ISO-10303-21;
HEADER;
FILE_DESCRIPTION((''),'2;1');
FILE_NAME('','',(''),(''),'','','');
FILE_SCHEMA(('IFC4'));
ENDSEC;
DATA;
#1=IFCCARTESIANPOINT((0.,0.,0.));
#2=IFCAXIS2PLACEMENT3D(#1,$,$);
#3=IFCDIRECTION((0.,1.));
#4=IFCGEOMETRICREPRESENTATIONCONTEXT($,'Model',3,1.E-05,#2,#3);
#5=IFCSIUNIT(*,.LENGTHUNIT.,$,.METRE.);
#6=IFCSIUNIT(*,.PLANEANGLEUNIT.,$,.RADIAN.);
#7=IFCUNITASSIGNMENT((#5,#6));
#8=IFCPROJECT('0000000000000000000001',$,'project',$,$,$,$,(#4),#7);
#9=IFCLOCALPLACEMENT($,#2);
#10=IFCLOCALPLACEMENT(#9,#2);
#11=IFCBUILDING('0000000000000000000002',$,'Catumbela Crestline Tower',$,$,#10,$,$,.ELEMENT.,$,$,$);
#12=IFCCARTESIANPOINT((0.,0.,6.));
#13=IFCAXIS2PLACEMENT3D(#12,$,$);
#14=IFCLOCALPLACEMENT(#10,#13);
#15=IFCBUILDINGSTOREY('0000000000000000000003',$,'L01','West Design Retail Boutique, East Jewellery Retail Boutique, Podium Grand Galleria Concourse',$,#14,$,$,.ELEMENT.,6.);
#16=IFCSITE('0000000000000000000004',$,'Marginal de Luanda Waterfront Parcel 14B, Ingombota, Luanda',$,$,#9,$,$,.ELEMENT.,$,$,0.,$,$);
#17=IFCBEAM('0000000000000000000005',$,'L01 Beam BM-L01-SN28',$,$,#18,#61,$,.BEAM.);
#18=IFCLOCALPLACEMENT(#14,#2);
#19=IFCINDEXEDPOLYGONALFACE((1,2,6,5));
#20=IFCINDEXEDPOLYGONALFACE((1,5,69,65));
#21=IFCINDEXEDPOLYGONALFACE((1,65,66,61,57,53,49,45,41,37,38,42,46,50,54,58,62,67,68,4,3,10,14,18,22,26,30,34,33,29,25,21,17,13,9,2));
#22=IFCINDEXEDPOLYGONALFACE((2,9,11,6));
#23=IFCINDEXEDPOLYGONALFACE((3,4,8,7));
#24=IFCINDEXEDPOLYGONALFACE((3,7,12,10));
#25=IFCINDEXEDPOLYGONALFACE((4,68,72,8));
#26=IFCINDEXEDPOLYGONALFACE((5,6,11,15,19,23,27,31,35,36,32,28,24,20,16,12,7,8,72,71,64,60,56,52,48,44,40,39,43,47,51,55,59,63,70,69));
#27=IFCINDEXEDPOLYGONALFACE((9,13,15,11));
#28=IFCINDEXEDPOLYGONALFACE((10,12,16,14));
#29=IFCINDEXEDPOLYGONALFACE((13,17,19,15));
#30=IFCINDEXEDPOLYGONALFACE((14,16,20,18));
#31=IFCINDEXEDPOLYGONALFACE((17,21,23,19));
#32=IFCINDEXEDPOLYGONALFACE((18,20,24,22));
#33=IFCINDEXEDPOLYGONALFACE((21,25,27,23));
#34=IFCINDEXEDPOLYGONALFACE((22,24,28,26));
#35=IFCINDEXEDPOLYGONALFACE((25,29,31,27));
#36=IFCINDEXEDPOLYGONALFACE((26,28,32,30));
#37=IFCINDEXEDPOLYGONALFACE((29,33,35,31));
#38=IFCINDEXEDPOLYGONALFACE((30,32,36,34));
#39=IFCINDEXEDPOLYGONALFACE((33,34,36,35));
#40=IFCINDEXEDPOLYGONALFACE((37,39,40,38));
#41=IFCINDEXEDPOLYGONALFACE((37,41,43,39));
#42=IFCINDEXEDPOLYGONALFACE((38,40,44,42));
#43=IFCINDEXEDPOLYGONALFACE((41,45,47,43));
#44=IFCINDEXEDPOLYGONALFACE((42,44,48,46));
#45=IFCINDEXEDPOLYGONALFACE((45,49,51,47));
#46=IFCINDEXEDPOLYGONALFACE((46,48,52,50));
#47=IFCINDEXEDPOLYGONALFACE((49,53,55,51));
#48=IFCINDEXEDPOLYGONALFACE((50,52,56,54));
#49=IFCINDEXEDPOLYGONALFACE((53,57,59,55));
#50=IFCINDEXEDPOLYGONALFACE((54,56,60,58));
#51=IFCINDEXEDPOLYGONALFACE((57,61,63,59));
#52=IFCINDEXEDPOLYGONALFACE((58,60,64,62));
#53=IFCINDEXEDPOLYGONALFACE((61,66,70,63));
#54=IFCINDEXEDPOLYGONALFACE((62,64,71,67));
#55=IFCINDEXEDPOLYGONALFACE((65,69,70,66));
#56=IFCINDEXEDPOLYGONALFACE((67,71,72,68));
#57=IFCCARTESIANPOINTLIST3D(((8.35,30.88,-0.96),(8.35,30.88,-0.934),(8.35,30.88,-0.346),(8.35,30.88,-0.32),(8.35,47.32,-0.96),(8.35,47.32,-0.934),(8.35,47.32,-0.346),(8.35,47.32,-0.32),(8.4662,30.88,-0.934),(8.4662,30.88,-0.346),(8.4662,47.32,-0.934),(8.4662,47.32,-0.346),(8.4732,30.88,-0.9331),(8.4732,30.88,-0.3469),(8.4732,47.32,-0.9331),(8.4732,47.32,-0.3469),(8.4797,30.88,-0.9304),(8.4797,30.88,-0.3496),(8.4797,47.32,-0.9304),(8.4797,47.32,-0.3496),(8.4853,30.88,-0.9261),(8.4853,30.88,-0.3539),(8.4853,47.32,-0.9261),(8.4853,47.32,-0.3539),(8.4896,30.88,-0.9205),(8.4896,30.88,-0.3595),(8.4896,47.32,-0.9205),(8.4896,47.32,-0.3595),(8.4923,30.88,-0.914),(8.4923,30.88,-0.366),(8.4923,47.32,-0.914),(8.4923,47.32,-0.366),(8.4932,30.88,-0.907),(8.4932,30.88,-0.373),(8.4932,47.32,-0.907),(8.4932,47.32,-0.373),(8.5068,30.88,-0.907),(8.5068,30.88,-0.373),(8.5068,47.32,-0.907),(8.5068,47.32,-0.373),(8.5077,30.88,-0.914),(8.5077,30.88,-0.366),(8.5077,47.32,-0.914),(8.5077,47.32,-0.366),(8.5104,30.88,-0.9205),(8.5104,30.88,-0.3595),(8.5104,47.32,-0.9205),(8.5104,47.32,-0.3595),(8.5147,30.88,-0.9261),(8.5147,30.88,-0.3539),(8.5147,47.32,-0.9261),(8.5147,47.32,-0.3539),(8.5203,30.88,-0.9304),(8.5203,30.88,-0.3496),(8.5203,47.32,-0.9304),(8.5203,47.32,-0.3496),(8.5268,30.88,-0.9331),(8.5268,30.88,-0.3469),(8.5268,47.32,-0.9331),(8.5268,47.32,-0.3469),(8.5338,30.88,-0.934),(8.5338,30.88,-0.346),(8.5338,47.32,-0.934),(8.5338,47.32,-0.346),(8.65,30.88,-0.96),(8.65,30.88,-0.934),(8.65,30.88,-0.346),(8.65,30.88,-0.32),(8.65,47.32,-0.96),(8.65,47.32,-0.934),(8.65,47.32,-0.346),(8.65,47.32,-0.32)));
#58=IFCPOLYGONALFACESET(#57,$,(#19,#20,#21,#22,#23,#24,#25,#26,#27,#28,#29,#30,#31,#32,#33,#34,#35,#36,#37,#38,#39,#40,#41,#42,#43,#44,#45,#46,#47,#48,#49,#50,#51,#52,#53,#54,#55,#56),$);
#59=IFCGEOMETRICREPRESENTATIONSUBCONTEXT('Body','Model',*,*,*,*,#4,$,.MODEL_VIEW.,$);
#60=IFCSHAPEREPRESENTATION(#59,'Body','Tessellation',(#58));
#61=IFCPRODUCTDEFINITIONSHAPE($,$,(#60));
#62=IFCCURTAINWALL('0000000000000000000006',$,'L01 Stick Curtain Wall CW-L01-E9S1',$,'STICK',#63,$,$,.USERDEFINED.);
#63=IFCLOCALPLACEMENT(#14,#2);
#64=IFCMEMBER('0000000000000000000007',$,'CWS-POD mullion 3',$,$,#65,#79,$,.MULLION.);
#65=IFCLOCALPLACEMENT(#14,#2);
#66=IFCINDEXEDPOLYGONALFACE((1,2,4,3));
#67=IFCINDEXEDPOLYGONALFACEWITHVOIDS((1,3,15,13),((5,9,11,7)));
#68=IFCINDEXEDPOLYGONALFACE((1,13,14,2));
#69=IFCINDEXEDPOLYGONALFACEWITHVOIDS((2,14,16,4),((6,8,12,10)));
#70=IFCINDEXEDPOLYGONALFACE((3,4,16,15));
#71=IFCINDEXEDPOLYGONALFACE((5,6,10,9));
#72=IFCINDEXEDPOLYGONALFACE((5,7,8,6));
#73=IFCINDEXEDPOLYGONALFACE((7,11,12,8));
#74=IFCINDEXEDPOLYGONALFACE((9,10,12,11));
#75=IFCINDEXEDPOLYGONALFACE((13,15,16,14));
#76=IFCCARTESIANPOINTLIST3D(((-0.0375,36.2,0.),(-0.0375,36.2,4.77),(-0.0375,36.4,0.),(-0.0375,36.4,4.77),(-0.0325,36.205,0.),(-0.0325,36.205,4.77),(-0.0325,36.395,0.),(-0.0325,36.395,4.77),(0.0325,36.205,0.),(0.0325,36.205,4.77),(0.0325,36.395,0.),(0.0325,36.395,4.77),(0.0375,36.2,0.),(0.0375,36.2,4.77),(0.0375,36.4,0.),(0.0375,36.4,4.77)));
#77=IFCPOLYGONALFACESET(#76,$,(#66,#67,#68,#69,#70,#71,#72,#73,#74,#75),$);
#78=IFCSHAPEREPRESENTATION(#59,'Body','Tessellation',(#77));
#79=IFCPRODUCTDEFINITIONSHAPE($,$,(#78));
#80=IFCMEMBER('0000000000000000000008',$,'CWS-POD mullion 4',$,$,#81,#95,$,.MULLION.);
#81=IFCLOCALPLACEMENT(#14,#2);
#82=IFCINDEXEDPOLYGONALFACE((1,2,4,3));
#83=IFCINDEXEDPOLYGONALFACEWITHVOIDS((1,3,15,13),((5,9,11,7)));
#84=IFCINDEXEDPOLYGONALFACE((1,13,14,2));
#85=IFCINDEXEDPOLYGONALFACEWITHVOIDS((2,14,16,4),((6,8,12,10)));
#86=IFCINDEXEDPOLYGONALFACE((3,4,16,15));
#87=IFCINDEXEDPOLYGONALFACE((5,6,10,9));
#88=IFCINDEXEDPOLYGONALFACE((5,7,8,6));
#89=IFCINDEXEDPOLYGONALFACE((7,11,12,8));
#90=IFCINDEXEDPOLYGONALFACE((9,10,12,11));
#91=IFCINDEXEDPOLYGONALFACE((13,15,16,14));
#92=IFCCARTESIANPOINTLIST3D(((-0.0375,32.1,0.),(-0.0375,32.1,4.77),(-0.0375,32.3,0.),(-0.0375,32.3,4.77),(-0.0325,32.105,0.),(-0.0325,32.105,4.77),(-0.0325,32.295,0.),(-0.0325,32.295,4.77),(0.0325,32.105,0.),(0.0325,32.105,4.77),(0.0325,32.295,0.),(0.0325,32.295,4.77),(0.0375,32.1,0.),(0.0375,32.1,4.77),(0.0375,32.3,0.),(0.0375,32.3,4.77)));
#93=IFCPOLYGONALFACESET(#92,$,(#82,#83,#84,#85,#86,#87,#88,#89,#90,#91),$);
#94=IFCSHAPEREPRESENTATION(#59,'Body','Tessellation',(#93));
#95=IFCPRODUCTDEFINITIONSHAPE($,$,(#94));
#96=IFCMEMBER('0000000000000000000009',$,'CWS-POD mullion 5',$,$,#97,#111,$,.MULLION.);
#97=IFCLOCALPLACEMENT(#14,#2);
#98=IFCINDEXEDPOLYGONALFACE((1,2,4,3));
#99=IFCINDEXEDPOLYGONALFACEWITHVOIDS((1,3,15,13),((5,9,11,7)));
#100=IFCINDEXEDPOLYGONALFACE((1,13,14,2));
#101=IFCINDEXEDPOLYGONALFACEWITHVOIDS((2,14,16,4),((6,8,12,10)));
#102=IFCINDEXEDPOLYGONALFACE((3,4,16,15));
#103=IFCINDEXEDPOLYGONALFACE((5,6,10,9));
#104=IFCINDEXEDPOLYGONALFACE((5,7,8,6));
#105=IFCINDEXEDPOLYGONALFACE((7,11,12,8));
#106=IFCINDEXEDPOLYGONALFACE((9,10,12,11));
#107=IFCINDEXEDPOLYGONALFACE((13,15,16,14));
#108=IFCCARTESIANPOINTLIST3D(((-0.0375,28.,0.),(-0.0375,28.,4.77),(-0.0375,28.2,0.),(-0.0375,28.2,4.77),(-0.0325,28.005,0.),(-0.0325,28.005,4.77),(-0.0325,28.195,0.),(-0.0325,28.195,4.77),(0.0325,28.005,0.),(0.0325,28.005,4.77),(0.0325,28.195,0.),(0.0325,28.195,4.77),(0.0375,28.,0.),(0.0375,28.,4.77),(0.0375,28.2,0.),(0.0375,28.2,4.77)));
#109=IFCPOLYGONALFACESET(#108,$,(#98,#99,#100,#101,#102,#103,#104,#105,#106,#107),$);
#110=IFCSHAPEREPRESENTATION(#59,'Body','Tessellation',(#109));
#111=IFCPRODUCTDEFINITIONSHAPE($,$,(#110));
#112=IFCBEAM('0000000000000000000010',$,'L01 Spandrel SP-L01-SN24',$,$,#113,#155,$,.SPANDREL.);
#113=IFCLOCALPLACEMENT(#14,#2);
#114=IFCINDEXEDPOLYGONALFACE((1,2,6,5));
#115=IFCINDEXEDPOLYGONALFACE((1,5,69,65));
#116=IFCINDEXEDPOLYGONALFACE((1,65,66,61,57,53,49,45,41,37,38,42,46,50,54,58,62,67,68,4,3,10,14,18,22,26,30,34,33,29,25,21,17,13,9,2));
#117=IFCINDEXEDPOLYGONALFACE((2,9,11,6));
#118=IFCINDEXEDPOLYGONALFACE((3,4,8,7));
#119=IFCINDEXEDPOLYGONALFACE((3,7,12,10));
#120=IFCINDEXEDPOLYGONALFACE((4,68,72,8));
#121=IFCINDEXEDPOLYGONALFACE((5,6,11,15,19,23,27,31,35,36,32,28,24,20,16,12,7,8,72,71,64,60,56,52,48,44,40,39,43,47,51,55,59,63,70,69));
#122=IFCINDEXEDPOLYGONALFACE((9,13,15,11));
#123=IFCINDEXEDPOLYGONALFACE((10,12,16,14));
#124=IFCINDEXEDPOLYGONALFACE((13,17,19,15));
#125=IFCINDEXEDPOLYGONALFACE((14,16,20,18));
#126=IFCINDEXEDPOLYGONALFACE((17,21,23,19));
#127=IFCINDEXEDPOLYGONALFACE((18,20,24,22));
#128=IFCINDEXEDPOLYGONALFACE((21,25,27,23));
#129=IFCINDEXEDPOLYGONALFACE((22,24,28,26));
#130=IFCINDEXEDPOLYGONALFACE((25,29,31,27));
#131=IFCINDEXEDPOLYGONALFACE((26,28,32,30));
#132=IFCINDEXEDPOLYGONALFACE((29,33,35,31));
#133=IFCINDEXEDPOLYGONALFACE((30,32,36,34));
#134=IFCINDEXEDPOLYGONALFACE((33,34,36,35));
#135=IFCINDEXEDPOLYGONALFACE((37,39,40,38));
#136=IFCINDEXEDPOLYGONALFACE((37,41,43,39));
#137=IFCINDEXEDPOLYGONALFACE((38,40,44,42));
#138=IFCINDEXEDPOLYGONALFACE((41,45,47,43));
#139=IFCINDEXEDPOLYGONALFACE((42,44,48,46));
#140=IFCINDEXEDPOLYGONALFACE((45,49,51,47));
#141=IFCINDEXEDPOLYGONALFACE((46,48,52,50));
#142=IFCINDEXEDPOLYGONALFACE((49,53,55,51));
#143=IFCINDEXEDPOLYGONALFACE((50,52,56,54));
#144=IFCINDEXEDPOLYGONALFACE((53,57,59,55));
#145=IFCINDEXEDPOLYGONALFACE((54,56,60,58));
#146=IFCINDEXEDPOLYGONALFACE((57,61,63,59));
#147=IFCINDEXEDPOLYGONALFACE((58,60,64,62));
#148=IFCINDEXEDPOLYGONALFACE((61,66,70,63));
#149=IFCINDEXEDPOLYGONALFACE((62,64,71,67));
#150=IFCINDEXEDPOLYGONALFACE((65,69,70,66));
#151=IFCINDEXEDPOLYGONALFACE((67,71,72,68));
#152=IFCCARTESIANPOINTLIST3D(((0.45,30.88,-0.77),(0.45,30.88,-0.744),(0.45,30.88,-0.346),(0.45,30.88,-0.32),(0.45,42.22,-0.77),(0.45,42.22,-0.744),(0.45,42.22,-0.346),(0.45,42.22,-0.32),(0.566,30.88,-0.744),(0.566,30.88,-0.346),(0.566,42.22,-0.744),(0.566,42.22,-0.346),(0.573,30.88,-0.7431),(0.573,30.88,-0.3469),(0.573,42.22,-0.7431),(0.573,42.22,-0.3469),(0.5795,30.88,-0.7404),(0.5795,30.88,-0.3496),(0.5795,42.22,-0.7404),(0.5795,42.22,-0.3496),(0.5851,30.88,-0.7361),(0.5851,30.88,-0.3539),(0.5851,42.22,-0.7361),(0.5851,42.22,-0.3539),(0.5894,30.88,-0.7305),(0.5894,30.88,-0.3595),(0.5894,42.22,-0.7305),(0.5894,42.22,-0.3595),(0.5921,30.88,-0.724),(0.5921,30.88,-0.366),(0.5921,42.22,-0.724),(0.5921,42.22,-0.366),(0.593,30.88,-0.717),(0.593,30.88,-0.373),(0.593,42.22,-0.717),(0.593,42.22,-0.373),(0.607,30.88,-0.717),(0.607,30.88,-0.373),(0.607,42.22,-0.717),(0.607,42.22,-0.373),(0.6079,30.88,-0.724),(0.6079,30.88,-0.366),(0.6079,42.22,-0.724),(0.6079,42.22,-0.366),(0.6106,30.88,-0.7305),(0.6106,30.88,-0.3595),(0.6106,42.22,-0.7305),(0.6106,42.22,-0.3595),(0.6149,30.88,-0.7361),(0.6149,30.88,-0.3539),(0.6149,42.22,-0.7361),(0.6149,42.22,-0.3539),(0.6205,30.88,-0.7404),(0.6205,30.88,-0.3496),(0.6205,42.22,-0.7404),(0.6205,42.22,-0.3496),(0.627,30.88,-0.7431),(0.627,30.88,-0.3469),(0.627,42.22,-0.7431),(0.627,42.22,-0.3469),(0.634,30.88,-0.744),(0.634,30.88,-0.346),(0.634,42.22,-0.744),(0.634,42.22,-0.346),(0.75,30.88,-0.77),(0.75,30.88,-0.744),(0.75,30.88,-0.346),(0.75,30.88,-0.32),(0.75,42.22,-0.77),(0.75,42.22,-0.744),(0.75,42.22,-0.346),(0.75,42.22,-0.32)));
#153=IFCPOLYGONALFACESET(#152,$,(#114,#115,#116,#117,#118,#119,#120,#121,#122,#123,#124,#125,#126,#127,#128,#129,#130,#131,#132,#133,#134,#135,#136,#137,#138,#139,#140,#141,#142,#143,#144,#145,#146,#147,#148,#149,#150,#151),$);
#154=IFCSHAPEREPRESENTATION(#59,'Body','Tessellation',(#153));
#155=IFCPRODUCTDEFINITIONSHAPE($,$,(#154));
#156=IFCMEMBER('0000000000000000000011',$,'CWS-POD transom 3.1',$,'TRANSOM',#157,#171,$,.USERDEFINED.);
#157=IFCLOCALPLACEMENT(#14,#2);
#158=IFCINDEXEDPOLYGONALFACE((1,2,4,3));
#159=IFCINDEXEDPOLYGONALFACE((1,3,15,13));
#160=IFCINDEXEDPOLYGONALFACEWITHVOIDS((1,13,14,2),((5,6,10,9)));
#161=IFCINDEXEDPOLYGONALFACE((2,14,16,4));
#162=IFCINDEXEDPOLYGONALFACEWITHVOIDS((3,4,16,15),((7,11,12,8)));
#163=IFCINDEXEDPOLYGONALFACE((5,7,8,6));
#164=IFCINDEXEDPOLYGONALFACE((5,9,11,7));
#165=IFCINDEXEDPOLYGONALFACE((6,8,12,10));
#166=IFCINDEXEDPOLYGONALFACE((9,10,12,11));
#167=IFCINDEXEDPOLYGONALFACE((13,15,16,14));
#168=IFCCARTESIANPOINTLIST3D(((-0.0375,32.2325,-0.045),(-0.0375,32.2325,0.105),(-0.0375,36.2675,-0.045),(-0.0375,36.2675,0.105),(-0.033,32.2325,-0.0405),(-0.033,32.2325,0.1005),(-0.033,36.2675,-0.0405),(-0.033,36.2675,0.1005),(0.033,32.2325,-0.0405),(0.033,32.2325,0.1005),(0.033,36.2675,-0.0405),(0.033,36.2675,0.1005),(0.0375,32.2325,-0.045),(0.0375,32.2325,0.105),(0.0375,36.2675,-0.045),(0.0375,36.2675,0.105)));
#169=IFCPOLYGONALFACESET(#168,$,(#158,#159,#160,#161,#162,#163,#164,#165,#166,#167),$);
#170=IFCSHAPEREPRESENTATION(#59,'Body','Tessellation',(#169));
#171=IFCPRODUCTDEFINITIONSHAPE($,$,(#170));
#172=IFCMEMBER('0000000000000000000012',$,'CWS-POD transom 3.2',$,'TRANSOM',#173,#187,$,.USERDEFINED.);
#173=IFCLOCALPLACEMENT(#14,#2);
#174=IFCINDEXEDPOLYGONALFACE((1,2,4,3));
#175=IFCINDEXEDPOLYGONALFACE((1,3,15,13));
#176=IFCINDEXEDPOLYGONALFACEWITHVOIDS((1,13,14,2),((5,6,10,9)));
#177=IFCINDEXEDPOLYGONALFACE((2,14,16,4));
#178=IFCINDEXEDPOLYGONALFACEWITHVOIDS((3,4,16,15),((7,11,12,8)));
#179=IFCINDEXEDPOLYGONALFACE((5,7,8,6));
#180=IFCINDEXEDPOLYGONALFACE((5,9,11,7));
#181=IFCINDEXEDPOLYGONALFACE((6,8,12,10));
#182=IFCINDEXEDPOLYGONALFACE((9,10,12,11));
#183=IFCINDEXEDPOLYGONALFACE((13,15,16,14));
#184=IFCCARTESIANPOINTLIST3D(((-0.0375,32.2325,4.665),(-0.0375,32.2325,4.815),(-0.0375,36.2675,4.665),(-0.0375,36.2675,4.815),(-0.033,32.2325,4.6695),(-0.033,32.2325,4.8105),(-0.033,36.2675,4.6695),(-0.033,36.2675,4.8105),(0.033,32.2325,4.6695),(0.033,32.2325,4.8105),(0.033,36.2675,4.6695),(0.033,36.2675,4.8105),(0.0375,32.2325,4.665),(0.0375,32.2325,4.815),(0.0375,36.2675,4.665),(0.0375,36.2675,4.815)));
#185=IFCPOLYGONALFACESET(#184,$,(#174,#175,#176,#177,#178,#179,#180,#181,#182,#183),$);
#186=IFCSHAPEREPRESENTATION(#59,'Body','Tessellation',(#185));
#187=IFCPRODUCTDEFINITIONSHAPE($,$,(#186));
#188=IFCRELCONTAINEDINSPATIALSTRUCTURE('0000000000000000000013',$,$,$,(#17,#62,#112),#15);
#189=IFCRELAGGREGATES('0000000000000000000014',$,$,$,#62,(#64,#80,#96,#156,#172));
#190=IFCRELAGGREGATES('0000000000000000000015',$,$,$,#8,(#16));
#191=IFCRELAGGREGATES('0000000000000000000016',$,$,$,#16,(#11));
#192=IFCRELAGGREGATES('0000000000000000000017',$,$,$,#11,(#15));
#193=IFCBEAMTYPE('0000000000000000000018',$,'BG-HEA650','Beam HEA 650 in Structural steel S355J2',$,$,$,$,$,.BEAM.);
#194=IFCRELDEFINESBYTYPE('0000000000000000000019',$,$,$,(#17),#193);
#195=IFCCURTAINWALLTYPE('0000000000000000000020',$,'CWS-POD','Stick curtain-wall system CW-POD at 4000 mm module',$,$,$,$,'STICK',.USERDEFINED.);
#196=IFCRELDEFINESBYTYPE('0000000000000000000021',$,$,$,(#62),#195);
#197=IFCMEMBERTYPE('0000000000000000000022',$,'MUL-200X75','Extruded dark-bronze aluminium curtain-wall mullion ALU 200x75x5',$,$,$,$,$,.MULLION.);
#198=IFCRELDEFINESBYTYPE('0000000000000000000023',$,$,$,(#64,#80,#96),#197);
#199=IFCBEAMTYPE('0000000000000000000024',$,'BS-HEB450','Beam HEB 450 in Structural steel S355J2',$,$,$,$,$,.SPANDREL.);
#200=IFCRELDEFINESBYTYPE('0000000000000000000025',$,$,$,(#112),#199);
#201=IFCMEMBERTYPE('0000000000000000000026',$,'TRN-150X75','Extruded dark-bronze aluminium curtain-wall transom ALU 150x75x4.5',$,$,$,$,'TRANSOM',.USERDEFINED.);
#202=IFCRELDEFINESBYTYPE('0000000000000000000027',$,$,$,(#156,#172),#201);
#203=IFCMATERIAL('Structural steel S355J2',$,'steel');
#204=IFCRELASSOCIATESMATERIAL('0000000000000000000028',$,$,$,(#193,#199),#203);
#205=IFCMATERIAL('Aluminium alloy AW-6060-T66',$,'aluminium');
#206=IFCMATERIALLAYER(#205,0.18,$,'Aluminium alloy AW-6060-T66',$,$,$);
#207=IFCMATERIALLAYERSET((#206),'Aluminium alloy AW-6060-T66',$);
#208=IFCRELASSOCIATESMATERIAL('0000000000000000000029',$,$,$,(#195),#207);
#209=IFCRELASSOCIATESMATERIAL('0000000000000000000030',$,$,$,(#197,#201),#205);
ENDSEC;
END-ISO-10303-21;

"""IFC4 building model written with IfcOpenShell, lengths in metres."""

from ifc_helpers import new_model, si_unit, direction, frame, origin, origin_2d, place, context, subcontext, project, spatial, hollow_rectangle, i_section, extrude, material, layer, layer_set, material_profile, profile_set, type_object, element, aggregate, save


model = new_model("IFC4")

# Units and contexts
model_context = context("Model", 3, precision=1e-05, world=origin(), true_north=direction((0.0, 1.0)))
body_context = subcontext(model_context, "Body", "Model", "MODEL_VIEW")
ifc_project = project(units=[si_unit("LENGTHUNIT", "METRE"), si_unit("PLANEANGLEUNIT", "RADIAN")], contexts=[model_context])

# Site, building, storey
site_placement = place(None, origin())
site = spatial("IfcSite", under=ifc_project, at=site_placement, Name="Marginal de Luanda Waterfront Parcel 14B, Ingombota, Luanda", CompositionType="ELEMENT", RefElevation=0.0)
building_placement = place(site_placement, origin())
building = spatial("IfcBuilding", under=site, at=building_placement, Name="Catumbela Crestline Tower", CompositionType="ELEMENT")
storey_placement = place(building_placement, frame((0.0, 0.0, 6.0)))
storey = spatial("IfcBuildingStorey", under=building, at=storey_placement, Name="L01", Description="West Design Retail Boutique, East Jewellery Retail Boutique, Podium Grand Galleria Concourse", CompositionType="ELEMENT", Elevation=6.0)

# Beam
ifc_material_1 = material(Name="Structural steel S355J2", Category="steel")
ifc_material_profile_1 = material_profile(ifc_material_1, i_section(OverallWidth=0.3, OverallDepth=0.64, WebThickness=0.0135, FlangeThickness=0.026, FilletRadius=0.027, at=origin_2d()), Name="HEA 650")
ifc_profile_set_1 = profile_set([ifc_material_profile_1], Name="Structural steel S355J2")
beam_type_1 = type_object("IfcBeamType", Name="BG-HEA650", Description="Beam HEA 650 in Structural steel S355J2", PredefinedType="BEAM", material=ifc_profile_set_1)
beam_1_placement = place(storey_placement, frame((8.5, 30.88, -0.64), z_axis=(0.0, 1.0, 0.0), x_axis=(-1.0, 0.0, 0.0)))
element("IfcBeam", 1, at=beam_1_placement, inside=storey, type_object=beam_type_1, Name="L01 Beam BM-L01-SN28", PredefinedType="BEAM", context=body_context, shape_type="SweptSolid", body=[
    extrude(i_section(OverallWidth=0.3, OverallDepth=0.64, WebThickness=0.0135, FlangeThickness=0.026, FilletRadius=0.027, at=origin_2d()), origin(), (0.0, 0.0, 1.0), 16.44),
])

# Curtain wall, members
ifc_material_2 = material(Name="Aluminium alloy AW-6060-T66", Category="aluminium")
ifc_layer_1 = layer(ifc_material_2, 0.18, Name="Aluminium alloy AW-6060-T66")
ifc_layer_set_1 = layer_set([ifc_layer_1], Name="Aluminium alloy AW-6060-T66")
curtain_wall_type = type_object("IfcCurtainWallType", Name="CWS-POD", Description="Stick curtain-wall system CW-POD at 4000 mm module", ElementType="STICK", PredefinedType="USERDEFINED", material=ifc_layer_set_1)
curtain_wall_placement = place(storey_placement, origin())
curtain_wall = element("IfcCurtainWall", 2, at=curtain_wall_placement, inside=storey, type_object=curtain_wall_type, Name="L01 Stick Curtain Wall CW-L01-E9S1", ObjectType="STICK", PredefinedType="USERDEFINED")
ifc_material_profile_2 = material_profile(ifc_material_2, hollow_rectangle(XDim=0.075, YDim=0.2, WallThickness=0.005, at=origin_2d()), Name="ALU 200x75x5")
ifc_profile_set_2 = profile_set([ifc_material_profile_2], Name="Aluminium alloy AW-6060-T66")
member_type_1 = type_object("IfcMemberType", Name="MUL-200X75", Description="Extruded dark-bronze aluminium curtain-wall mullion ALU 200x75x5", PredefinedType="MULLION", material=ifc_profile_set_2)
member_1_placement = place(storey_placement, frame((0.0, 36.3, 0.0), z_axis=(0.0, 0.0, 1.0), x_axis=(1.0, 0.0, 0.0)))
member_1 = element("IfcMember", 3, at=member_1_placement, type_object=member_type_1, Name="CWS-POD mullion 3", PredefinedType="MULLION", context=body_context, shape_type="SweptSolid", body=[
    extrude(hollow_rectangle(XDim=0.075, YDim=0.2, WallThickness=0.005, at=origin_2d()), origin(), (0.0, 0.0, 1.0), 4.77),
])
member_2_placement = place(storey_placement, frame((0.0, 32.2, 0.0), z_axis=(0.0, 0.0, 1.0), x_axis=(1.0, 0.0, 0.0)))
member_2 = element("IfcMember", 4, at=member_2_placement, type_object=member_type_1, Name="CWS-POD mullion 4", PredefinedType="MULLION", context=body_context, shape_type="SweptSolid", body=[
    extrude(hollow_rectangle(XDim=0.075, YDim=0.2, WallThickness=0.005, at=origin_2d()), origin(), (0.0, 0.0, 1.0), 4.77),
])
member_3_placement = place(storey_placement, frame((0.0, 28.1, 0.0), z_axis=(0.0, 0.0, 1.0), x_axis=(1.0, 0.0, 0.0)))
member_3 = element("IfcMember", 5, at=member_3_placement, type_object=member_type_1, Name="CWS-POD mullion 5", PredefinedType="MULLION", context=body_context, shape_type="SweptSolid", body=[
    extrude(hollow_rectangle(XDim=0.075, YDim=0.2, WallThickness=0.005, at=origin_2d()), origin(), (0.0, 0.0, 1.0), 4.77),
])

# Beam
ifc_material_profile_3 = material_profile(ifc_material_1, i_section(OverallWidth=0.3, OverallDepth=0.45, WebThickness=0.014, FlangeThickness=0.026, FilletRadius=0.027, at=origin_2d()), Name="HEB 450")
ifc_profile_set_3 = profile_set([ifc_material_profile_3], Name="Structural steel S355J2")
beam_type_2 = type_object("IfcBeamType", Name="BS-HEB450", Description="Beam HEB 450 in Structural steel S355J2", PredefinedType="SPANDREL", material=ifc_profile_set_3)
beam_2_placement = place(storey_placement, frame((0.6, 30.88, -0.545), z_axis=(0.0, 1.0, 0.0), x_axis=(-1.0, 0.0, 0.0)))
element("IfcBeam", 6, at=beam_2_placement, inside=storey, type_object=beam_type_2, Name="L01 Spandrel SP-L01-SN24", PredefinedType="SPANDREL", context=body_context, shape_type="SweptSolid", body=[
    extrude(i_section(OverallWidth=0.3, OverallDepth=0.45, WebThickness=0.014, FlangeThickness=0.026, FilletRadius=0.027, at=origin_2d()), origin(), (0.0, 0.0, 1.0), 11.34),
])

# Members
ifc_material_profile_4 = material_profile(ifc_material_2, hollow_rectangle(XDim=0.075, YDim=0.15, WallThickness=0.0045, at=origin_2d()), Name="ALU 150x75x4.5")
ifc_profile_set_4 = profile_set([ifc_material_profile_4], Name="Aluminium alloy AW-6060-T66")
member_type_2 = type_object("IfcMemberType", Name="TRN-150X75", Description="Extruded dark-bronze aluminium curtain-wall transom ALU 150x75x4.5", ElementType="TRANSOM", PredefinedType="USERDEFINED", material=ifc_profile_set_4)
member_4_placement = place(storey_placement, frame((0.0, 36.2675, 0.03), z_axis=(0.0, -1.0, 0.0), x_axis=(1.0, 0.0, 0.0)))
member_4 = element("IfcMember", 7, at=member_4_placement, type_object=member_type_2, Name="CWS-POD transom 3.1", ObjectType="TRANSOM", PredefinedType="USERDEFINED", context=body_context, shape_type="SweptSolid", body=[
    extrude(hollow_rectangle(XDim=0.075, YDim=0.15, WallThickness=0.0045, at=origin_2d()), origin(), (0.0, 0.0, 1.0), 4.035),
])
member_5_placement = place(storey_placement, frame((0.0, 36.2675, 4.74), z_axis=(0.0, -1.0, 0.0), x_axis=(1.0, 0.0, 0.0)))
member_5 = element("IfcMember", 8, at=member_5_placement, type_object=member_type_2, Name="CWS-POD transom 3.2", ObjectType="TRANSOM", PredefinedType="USERDEFINED", context=body_context, shape_type="SweptSolid", body=[
    extrude(hollow_rectangle(XDim=0.075, YDim=0.15, WallThickness=0.0045, at=origin_2d()), origin(), (0.0, 0.0, 1.0), 4.035),
])

aggregate(curtain_wall, [member_1, member_2, member_3, member_4, member_5])

save(model, "model.ifc")
